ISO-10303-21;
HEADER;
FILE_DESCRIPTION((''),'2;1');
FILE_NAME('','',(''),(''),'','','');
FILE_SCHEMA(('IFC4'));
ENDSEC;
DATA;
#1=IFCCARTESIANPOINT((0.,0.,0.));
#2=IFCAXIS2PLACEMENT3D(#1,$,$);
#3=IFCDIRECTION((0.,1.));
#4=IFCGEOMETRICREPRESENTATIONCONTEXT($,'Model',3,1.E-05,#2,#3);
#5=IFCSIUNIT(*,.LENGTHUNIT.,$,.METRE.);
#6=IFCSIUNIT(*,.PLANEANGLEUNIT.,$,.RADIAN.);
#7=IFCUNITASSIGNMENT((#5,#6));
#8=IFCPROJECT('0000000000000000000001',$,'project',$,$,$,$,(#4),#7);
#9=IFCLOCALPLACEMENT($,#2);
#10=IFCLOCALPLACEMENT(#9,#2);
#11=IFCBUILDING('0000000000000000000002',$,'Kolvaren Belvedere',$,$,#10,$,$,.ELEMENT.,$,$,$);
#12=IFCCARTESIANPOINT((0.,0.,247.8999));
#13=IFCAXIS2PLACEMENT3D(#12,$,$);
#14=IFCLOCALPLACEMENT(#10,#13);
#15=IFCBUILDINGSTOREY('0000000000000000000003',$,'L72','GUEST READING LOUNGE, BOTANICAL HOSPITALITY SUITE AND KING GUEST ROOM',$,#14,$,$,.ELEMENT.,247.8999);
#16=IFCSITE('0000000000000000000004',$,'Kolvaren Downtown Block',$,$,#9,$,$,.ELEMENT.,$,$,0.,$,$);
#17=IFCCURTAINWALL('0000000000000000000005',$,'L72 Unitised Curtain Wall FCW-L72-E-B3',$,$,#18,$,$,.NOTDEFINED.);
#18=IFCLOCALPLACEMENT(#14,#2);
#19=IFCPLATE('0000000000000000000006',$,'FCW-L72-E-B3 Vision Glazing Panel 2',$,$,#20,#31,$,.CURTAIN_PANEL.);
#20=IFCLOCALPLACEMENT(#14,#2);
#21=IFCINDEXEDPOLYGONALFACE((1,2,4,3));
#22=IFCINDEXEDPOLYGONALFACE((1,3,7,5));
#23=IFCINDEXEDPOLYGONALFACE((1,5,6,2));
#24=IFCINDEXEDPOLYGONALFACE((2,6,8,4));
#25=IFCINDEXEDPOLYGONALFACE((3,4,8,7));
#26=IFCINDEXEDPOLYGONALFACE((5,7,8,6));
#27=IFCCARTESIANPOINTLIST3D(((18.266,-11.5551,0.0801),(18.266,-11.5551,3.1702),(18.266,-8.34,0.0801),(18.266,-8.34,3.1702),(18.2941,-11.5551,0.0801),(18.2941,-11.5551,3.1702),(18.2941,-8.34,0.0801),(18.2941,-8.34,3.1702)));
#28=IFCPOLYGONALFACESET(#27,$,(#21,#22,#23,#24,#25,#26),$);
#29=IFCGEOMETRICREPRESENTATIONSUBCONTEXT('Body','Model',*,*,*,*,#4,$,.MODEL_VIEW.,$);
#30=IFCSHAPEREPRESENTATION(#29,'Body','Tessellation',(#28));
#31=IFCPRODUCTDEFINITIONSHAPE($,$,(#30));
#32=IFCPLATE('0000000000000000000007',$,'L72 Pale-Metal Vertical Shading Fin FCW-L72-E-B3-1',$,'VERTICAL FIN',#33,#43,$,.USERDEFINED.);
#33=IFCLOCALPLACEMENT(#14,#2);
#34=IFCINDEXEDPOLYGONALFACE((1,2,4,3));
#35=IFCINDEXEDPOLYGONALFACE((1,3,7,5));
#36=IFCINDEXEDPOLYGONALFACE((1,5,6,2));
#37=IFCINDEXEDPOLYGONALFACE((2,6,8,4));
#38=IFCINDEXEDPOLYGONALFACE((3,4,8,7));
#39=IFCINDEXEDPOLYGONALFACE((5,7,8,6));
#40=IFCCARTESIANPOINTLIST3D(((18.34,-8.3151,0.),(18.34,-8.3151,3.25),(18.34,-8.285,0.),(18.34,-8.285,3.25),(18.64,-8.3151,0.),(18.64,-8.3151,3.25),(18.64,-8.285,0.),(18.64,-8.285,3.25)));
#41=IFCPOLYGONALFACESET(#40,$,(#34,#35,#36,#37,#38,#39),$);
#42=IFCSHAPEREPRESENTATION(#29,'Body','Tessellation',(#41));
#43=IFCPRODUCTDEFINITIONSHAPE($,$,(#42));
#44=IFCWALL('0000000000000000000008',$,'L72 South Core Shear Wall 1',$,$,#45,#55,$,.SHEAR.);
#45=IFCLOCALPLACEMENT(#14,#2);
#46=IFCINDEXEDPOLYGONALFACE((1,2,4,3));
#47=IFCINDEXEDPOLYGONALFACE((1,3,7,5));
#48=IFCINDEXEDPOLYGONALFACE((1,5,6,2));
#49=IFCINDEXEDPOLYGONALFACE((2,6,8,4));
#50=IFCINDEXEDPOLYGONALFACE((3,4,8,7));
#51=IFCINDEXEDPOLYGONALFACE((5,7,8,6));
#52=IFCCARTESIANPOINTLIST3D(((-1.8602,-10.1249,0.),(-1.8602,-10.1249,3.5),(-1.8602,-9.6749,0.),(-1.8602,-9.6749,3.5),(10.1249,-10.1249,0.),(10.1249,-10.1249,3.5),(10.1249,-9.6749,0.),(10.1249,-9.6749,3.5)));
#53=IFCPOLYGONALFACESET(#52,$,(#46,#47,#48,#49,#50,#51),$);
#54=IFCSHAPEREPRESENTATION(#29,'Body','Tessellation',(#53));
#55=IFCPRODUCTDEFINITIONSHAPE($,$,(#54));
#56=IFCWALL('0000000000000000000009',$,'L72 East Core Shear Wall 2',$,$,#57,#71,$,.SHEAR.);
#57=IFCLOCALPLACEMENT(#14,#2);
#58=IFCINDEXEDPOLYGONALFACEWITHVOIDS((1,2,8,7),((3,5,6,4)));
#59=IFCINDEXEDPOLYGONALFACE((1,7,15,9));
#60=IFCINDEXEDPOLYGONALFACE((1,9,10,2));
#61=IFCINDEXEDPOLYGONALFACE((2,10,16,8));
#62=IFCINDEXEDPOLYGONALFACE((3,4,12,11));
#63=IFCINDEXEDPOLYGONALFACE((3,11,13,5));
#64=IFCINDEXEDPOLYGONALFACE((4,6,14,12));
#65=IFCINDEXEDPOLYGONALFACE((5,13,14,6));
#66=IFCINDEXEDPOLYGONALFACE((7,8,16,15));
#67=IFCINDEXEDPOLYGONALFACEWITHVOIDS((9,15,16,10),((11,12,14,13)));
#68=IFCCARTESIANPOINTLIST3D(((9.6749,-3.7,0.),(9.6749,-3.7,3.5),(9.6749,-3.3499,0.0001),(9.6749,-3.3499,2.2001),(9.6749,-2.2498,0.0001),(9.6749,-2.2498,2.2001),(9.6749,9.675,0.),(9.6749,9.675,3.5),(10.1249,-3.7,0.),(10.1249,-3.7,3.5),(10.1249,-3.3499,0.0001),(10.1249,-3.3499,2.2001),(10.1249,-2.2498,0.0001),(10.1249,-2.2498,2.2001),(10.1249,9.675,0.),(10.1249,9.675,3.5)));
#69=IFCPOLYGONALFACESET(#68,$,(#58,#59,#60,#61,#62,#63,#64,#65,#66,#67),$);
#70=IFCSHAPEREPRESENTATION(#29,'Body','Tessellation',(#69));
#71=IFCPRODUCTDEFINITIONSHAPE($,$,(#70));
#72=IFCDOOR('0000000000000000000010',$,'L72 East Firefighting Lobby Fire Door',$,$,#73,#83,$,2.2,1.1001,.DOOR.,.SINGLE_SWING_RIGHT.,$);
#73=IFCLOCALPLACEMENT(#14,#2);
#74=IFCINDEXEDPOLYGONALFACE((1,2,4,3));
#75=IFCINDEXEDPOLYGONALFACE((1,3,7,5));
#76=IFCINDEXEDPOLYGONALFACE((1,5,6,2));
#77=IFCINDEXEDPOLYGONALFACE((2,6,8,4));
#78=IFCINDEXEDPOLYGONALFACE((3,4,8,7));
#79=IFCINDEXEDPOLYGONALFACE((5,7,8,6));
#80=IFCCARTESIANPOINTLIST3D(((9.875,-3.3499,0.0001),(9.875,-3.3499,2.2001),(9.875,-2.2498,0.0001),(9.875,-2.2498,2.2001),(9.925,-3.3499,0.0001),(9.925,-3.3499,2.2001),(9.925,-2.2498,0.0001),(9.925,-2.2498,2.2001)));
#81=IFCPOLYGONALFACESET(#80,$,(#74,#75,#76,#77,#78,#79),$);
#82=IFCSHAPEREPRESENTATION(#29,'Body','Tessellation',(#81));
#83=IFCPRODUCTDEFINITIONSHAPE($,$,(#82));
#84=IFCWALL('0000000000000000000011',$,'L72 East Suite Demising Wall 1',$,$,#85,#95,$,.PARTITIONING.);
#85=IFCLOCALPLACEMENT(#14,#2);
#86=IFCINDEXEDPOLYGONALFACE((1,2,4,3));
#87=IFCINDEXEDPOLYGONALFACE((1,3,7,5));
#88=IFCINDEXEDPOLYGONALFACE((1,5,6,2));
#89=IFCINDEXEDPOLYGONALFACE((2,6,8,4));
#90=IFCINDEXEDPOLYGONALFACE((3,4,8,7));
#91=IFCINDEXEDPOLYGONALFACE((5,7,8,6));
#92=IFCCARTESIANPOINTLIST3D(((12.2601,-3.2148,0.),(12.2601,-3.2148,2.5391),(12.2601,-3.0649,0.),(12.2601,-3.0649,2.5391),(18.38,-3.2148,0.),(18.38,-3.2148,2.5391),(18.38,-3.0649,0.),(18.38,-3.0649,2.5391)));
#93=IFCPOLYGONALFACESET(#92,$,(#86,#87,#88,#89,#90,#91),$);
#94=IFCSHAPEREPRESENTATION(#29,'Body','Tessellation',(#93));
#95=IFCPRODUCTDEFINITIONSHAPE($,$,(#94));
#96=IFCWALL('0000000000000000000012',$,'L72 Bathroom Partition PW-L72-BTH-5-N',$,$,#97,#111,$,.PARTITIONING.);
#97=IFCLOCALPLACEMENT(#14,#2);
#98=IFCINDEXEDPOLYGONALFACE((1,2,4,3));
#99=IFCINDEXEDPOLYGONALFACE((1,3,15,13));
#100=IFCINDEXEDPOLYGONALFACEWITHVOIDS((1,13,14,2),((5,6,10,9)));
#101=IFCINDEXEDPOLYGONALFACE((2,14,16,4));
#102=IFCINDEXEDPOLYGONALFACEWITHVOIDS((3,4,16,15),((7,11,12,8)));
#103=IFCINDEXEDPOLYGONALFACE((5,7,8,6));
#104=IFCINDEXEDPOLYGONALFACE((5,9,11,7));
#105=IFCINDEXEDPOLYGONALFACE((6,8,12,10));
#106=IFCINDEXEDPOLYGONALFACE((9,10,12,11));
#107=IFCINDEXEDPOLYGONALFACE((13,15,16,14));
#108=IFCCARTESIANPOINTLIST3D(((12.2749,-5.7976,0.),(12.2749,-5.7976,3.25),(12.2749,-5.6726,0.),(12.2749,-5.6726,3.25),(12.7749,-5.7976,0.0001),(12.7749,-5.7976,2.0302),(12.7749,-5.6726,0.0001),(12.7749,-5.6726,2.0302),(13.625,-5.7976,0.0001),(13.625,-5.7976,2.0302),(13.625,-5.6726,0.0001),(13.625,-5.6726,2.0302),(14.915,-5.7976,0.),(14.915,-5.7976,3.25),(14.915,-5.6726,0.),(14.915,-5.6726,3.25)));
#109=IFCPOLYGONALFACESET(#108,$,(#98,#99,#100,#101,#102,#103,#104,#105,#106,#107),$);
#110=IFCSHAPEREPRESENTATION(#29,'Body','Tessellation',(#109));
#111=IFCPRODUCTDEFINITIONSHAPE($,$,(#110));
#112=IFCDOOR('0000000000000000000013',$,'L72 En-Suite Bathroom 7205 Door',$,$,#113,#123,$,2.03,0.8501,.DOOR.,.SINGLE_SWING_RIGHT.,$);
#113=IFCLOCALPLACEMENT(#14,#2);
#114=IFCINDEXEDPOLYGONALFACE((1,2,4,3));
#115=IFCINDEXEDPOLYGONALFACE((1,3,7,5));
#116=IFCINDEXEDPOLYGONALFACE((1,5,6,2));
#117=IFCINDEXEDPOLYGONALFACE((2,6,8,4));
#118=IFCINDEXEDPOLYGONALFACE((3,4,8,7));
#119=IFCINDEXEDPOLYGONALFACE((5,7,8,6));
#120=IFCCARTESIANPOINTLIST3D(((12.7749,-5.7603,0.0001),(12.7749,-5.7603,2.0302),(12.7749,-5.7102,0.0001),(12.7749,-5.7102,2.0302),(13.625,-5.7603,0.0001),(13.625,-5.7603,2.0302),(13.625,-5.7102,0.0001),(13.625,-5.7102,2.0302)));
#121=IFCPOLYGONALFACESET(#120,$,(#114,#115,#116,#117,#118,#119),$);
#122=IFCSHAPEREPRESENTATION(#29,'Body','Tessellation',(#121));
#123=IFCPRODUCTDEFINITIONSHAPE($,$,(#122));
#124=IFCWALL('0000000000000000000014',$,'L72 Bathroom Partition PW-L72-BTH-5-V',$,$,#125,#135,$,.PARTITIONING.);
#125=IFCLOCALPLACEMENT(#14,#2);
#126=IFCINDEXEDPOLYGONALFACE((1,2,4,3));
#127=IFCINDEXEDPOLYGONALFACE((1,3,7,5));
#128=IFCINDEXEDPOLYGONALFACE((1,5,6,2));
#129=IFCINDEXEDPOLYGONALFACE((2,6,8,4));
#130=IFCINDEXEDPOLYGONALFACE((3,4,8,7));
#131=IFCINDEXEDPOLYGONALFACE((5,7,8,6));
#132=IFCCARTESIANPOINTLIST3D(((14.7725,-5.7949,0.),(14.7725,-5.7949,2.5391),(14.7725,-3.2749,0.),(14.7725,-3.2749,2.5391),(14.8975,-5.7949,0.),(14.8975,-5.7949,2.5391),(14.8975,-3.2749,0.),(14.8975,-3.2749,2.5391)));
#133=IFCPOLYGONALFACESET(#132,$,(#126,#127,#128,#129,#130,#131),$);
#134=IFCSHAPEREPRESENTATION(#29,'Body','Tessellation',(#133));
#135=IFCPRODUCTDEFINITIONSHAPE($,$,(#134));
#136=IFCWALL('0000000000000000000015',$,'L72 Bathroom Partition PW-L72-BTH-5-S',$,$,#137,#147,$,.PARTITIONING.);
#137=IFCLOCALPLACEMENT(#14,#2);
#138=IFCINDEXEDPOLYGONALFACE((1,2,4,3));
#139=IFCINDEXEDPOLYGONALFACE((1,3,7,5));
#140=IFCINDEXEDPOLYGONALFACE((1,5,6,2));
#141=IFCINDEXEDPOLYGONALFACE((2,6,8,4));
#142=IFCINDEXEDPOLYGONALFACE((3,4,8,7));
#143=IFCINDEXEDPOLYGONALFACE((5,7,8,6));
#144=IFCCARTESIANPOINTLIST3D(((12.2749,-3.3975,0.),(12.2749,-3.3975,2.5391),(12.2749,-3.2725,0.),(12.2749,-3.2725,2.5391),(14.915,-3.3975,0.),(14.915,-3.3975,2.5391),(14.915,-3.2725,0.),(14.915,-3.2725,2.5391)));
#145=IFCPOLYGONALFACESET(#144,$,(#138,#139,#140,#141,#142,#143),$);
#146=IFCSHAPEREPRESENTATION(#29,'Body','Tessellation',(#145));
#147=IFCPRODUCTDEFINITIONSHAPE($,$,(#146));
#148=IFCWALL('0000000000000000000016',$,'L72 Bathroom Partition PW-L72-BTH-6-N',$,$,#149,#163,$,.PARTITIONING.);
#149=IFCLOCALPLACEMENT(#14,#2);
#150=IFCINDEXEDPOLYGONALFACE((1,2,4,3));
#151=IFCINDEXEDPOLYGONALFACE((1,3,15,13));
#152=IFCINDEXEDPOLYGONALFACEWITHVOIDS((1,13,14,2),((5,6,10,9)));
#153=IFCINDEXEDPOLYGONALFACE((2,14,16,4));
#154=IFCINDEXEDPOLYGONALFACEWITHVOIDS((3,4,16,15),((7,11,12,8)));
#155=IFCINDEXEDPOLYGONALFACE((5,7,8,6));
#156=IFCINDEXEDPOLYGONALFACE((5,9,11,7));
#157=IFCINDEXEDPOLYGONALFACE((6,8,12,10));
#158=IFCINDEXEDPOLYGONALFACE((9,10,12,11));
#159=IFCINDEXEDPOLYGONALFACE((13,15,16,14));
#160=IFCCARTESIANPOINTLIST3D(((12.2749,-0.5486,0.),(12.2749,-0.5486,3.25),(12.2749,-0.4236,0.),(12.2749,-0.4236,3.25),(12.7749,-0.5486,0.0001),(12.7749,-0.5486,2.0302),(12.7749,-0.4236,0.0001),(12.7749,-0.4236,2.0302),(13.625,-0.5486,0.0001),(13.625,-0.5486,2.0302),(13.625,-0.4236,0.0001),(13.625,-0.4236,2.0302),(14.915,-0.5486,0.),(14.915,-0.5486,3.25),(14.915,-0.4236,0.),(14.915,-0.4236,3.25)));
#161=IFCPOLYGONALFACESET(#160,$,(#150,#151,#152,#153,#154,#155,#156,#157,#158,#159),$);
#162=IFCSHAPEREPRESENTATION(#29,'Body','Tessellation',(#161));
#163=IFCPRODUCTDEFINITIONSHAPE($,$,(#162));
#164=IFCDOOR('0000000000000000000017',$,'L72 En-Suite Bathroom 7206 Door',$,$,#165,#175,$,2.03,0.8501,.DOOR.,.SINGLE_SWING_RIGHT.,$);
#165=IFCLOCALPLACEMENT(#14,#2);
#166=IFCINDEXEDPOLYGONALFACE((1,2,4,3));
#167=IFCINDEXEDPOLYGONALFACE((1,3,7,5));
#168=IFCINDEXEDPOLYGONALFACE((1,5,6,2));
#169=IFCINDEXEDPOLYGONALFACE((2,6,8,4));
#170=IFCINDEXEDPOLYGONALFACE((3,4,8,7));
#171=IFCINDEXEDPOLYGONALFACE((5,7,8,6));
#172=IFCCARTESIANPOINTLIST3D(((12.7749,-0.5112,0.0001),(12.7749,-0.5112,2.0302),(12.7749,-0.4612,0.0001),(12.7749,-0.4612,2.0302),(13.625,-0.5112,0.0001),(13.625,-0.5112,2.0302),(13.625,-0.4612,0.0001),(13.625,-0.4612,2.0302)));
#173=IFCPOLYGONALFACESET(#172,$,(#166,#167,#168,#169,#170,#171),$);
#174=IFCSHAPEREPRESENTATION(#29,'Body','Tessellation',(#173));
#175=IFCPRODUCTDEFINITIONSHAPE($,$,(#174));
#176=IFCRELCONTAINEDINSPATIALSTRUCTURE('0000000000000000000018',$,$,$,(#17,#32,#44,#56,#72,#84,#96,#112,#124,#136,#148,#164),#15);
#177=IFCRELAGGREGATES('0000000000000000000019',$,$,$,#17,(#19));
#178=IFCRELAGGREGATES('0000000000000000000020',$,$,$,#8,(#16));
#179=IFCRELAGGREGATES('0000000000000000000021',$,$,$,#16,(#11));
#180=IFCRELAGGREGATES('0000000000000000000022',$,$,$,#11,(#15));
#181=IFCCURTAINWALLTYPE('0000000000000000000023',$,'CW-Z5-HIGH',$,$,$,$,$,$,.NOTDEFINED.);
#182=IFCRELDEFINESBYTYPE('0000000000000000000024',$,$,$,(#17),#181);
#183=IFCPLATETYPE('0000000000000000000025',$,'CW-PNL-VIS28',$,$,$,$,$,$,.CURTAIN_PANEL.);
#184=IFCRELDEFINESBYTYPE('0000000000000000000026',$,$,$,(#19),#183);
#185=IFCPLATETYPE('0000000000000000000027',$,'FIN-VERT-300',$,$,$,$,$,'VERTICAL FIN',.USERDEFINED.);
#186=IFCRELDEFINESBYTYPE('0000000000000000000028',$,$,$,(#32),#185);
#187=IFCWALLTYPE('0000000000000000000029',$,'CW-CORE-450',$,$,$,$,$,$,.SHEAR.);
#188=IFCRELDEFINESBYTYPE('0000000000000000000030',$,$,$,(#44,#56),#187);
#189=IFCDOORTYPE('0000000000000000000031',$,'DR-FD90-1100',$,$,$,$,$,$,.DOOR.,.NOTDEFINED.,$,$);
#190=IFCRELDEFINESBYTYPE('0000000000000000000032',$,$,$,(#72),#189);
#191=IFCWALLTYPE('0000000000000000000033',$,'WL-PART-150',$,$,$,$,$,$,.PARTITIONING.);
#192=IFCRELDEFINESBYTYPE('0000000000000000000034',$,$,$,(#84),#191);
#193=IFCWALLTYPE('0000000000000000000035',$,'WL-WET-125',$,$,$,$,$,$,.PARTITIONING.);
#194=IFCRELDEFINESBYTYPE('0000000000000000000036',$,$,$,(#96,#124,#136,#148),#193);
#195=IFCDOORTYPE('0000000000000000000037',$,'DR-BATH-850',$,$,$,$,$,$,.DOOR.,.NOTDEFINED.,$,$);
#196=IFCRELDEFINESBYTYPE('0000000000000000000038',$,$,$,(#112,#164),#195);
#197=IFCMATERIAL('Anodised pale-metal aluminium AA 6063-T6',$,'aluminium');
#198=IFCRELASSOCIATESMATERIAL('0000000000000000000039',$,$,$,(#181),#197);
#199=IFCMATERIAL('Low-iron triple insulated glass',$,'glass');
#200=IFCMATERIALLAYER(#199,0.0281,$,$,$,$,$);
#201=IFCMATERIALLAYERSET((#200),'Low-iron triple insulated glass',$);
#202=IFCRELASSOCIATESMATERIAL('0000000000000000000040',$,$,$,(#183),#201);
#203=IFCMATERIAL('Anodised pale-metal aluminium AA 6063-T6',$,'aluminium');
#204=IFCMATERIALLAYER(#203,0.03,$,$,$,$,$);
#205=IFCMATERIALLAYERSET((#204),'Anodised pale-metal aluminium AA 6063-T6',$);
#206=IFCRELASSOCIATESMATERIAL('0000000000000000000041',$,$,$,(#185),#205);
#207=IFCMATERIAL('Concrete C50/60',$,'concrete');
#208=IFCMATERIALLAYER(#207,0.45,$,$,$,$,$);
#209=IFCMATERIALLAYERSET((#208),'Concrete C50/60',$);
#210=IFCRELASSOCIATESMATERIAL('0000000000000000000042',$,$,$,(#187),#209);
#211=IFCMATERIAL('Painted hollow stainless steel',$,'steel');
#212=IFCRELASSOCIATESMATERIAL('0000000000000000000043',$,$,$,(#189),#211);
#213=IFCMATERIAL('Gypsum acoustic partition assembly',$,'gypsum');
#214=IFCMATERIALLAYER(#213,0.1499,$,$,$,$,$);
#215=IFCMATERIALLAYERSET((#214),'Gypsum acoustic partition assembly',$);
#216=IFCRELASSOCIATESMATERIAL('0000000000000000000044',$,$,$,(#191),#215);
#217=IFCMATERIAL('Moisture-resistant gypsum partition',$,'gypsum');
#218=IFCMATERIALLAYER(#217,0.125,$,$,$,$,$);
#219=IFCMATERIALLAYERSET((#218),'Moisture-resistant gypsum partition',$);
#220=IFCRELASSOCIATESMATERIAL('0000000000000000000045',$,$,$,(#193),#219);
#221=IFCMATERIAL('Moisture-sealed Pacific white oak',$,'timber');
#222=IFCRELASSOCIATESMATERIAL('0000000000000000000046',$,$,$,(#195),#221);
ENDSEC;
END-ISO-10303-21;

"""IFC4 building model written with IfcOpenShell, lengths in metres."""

from ifc_helpers import new_model, si_unit, direction, frame, frame_2d, origin, origin_2d, place, context, subcontext, project, spatial, rectangle, extrude, material, layer, layer_set, type_object, element, fill, aggregate, save


model = new_model("IFC4")

# Units and contexts
model_context = context("Model", 3, precision=1e-05, world=origin(), true_north=direction((0.0, 1.0)))
body_context = subcontext(model_context, "Body", "Model", "MODEL_VIEW")
ifc_project = project(units=[si_unit("LENGTHUNIT", "METRE"), si_unit("PLANEANGLEUNIT", "RADIAN")], contexts=[model_context])

# Site, building, storey
site_placement = place(None, origin())
site = spatial("IfcSite", under=ifc_project, at=site_placement, Name="Kolvaren Downtown Block", CompositionType="ELEMENT", RefElevation=0.0)
building_placement = place(site_placement, origin())
building = spatial("IfcBuilding", under=site, at=building_placement, Name="Kolvaren Belvedere", CompositionType="ELEMENT")
storey_placement = place(building_placement, frame((0.0, 0.0, 247.8999)))
storey = spatial("IfcBuildingStorey", under=building, at=storey_placement, Name="L72", Description="GUEST READING LOUNGE, BOTANICAL HOSPITALITY SUITE AND KING GUEST ROOM", CompositionType="ELEMENT", Elevation=247.8999)

# Shared definitions
ifc_material_1 = material(Name="Anodised pale-metal aluminium AA 6063-T6", Category="aluminium")
curtain_wall_type = type_object("IfcCurtainWallType", Name="CW-Z5-HIGH", PredefinedType="NOTDEFINED", material=ifc_material_1)

# Curtain wall
curtain_wall_1_placement = place(storey_placement, origin())
curtain_wall_1 = element("IfcCurtainWall", 1, at=curtain_wall_1_placement, inside=storey, type_object=curtain_wall_type, Name="L72 Unitised Curtain Wall FCW-L72-E-B3", PredefinedType="NOTDEFINED")

# Plates
ifc_material_2 = material(Name="Low-iron triple insulated glass", Category="glass")
ifc_layer_1 = layer(ifc_material_2, 0.0281)
ifc_layer_set_1 = layer_set([ifc_layer_1], Name="Low-iron triple insulated glass")
plate_type_1 = type_object("IfcPlateType", Name="CW-PNL-VIS28", PredefinedType="CURTAIN_PANEL", material=ifc_layer_set_1)
plate_1_placement = place(storey_placement, frame((18.28, -9.9475, 0.0801), z_axis=(0.0, 0.0, 1.0), x_axis=(0.0, -1.0, 0.0)))
plate_1 = element("IfcPlate", 2, at=plate_1_placement, type_object=plate_type_1, Name="FCW-L72-E-B3 Vision Glazing Panel 2", PredefinedType="CURTAIN_PANEL", context=body_context, shape_type="SweptSolid", body=[
    extrude(rectangle(XDim=3.2151, YDim=0.0281, at=origin_2d()), origin(), (0.0, 0.0, 1.0), 3.0901),
])
aggregate(curtain_wall_1, [plate_1])
ifc_material_3 = material(Name="Anodised pale-metal aluminium AA 6063-T6", Category="aluminium")
ifc_layer_2 = layer(ifc_material_3, 0.03)
ifc_layer_set_2 = layer_set([ifc_layer_2], Name="Anodised pale-metal aluminium AA 6063-T6")
plate_type_2 = type_object("IfcPlateType", Name="FIN-VERT-300", ElementType="VERTICAL FIN", PredefinedType="USERDEFINED", material=ifc_layer_set_2)
plate_2_placement = place(storey_placement, frame((18.49, -8.3, 0.0), z_axis=(0.0, 0.0, 1.0), x_axis=(1.0, 0.0, 0.0)))
element("IfcPlate", 3, at=plate_2_placement, inside=storey, type_object=plate_type_2, Name="L72 Pale-Metal Vertical Shading Fin FCW-L72-E-B3-1", ObjectType="VERTICAL FIN", PredefinedType="USERDEFINED", context=body_context, shape_type="SweptSolid", body=[
    extrude(rectangle(XDim=0.3, YDim=0.03, at=origin_2d()), origin(), (0.0, 0.0, 1.0), 3.25),
])

# Wall
ifc_material_4 = material(Name="Concrete C50/60", Category="concrete")
ifc_layer_3 = layer(ifc_material_4, 0.45)
ifc_layer_set_3 = layer_set([ifc_layer_3], Name="Concrete C50/60")
wall_type_1 = type_object("IfcWallType", Name="CW-CORE-450", PredefinedType="SHEAR", material=ifc_layer_set_3)
wall_1_placement = place(storey_placement, frame((10.125, -9.8999, 0.0), z_axis=(0.0, 0.0, 1.0), x_axis=(-1.0, 0.0, 0.0)))
element("IfcWall", 4, at=wall_1_placement, inside=storey, type_object=wall_type_1, Name="L72 South Core Shear Wall 1", PredefinedType="SHEAR", context=body_context, shape_type="SweptSolid", body=[
    extrude(rectangle(XDim=11.9851, YDim=0.45, at=frame_2d((5.9927, 0.0))), origin(), (0.0, 0.0, 1.0), 3.5),
])

# Wall, opening, door
wall_2_placement = place(storey_placement, frame((9.8999, -3.7, 0.0), z_axis=(0.0, 0.0, 1.0), x_axis=(0.0, 1.0, 0.0)))
wall_2 = element("IfcWall", 5, at=wall_2_placement, inside=storey, type_object=wall_type_1, Name="L72 East Core Shear Wall 2", PredefinedType="SHEAR", context=body_context, shape_type="SweptSolid", body=[
    extrude(rectangle(XDim=13.375, YDim=0.45, at=frame_2d((6.6875, 0.0))), origin(), (0.0, 0.0, 1.0), 3.5),
])
opening_1_placement = place(wall_2_placement, frame((0.3501, 0.0, 0.0)))
opening_1 = element("IfcOpeningElement", 6, at=opening_1_placement, cuts=wall_2, PredefinedType="OPENING", context=body_context, shape_type="SweptSolid", body=[
    extrude(rectangle(XDim=1.1001, YDim=2.2, at=frame_2d((0.55, 1.1001))), frame((0.0, 0.2349, 0.0), z_axis=(0.0, -1.0, 0.0), x_axis=(1.0, 0.0, 0.0)), (0.0, 0.0, 1.0), 0.47),
])
ifc_material_5 = material(Name="Painted hollow stainless steel", Category="steel")
door_type_1 = type_object("IfcDoorType", Name="DR-FD90-1100", OperationType="NOTDEFINED", PredefinedType="DOOR", material=ifc_material_5)
door_1_placement = place(opening_1_placement, origin())
door_1 = element("IfcDoor", 7, at=door_1_placement, inside=storey, type_object=door_type_1, Name="L72 East Firefighting Lobby Fire Door", OperationType="SINGLE_SWING_RIGHT", OverallHeight=2.2, OverallWidth=1.1001, PredefinedType="DOOR", context=body_context, shape_type="SweptSolid", body=[
    extrude(rectangle(XDim=1.1001, YDim=2.2, at=frame_2d((0.55, 1.1001))), frame((0.0, 0.0249, 0.0), z_axis=(0.0, -1.0, 0.0), x_axis=(1.0, 0.0, 0.0)), (0.0, 0.0, 1.0), 0.05),
])
fill(opening_1, door_1)

# Wall
ifc_material_6 = material(Name="Gypsum acoustic partition assembly", Category="gypsum")
ifc_layer_4 = layer(ifc_material_6, 0.1499)
ifc_layer_set_4 = layer_set([ifc_layer_4], Name="Gypsum acoustic partition assembly")
wall_type_2 = type_object("IfcWallType", Name="WL-PART-150", PredefinedType="PARTITIONING", material=ifc_layer_set_4)
wall_3_placement = place(storey_placement, frame((12.26, -3.1399, 0.0), z_axis=(0.0, 0.0, 1.0), x_axis=(1.0, 0.0, 0.0)))
element("IfcWall", 8, at=wall_3_placement, inside=storey, type_object=wall_type_2, Name="L72 East Suite Demising Wall 1", PredefinedType="PARTITIONING", context=body_context, shape_type="SweptSolid", body=[
    extrude(rectangle(XDim=6.1199, YDim=0.1499, at=frame_2d((3.0601, 0.0))), origin(), (0.0, 0.0, 1.0), 2.5391),
])

# Wall, opening, door
ifc_material_7 = material(Name="Moisture-resistant gypsum partition", Category="gypsum")
ifc_layer_5 = layer(ifc_material_7, 0.125)
ifc_layer_set_5 = layer_set([ifc_layer_5], Name="Moisture-resistant gypsum partition")
wall_type_3 = type_object("IfcWallType", Name="WL-WET-125", PredefinedType="PARTITIONING", material=ifc_layer_set_5)
wall_4_placement = place(storey_placement, frame((12.2749, -5.7351, 0.0), z_axis=(0.0, 0.0, 1.0), x_axis=(1.0, 0.0, 0.0)))
wall_4 = element("IfcWall", 9, at=wall_4_placement, inside=storey, type_object=wall_type_3, Name="L72 Bathroom Partition PW-L72-BTH-5-N", PredefinedType="PARTITIONING", context=body_context, shape_type="SweptSolid", body=[
    extrude(rectangle(XDim=2.6401, YDim=0.125, at=frame_2d((1.3201, 0.0))), origin(), (0.0, 0.0, 1.0), 3.25),
])
opening_2_placement = place(wall_4_placement, frame((0.5, 0.0, 0.0)))
opening_2 = element("IfcOpeningElement", 10, at=opening_2_placement, cuts=wall_4, PredefinedType="OPENING", context=body_context, shape_type="SweptSolid", body=[
    extrude(rectangle(XDim=0.8501, YDim=2.03, at=frame_2d((0.425, 1.0151))), frame((0.0, 0.0725, 0.0), z_axis=(0.0, -1.0, 0.0), x_axis=(1.0, 0.0, 0.0)), (0.0, 0.0, 1.0), 0.145),
])
ifc_material_8 = material(Name="Moisture-sealed Pacific white oak", Category="timber")
door_type_2 = type_object("IfcDoorType", Name="DR-BATH-850", OperationType="NOTDEFINED", PredefinedType="DOOR", material=ifc_material_8)
door_2_placement = place(opening_2_placement, origin())
door_2 = element("IfcDoor", 11, at=door_2_placement, inside=storey, type_object=door_type_2, Name="L72 En-Suite Bathroom 7205 Door", OperationType="SINGLE_SWING_RIGHT", OverallHeight=2.03, OverallWidth=0.8501, PredefinedType="DOOR", context=body_context, shape_type="SweptSolid", body=[
    extrude(rectangle(XDim=0.8501, YDim=2.03, at=frame_2d((0.425, 1.0151))), frame((0.0, 0.0249, 0.0), z_axis=(0.0, -1.0, 0.0), x_axis=(1.0, 0.0, 0.0)), (0.0, 0.0, 1.0), 0.05),
])
fill(opening_2, door_2)

# Walls
wall_5_placement = place(storey_placement, frame((14.835, -5.7949, 0.0), z_axis=(0.0, 0.0, 1.0), x_axis=(0.0, 1.0, 0.0)))
element("IfcWall", 12, at=wall_5_placement, inside=storey, type_object=wall_type_3, Name="L72 Bathroom Partition PW-L72-BTH-5-V", PredefinedType="PARTITIONING", context=body_context, shape_type="SweptSolid", body=[
    extrude(rectangle(XDim=2.52, YDim=0.125, at=frame_2d((1.26, 0.0))), origin(), (0.0, 0.0, 1.0), 2.5391),
])
wall_6_placement = place(storey_placement, frame((12.2749, -3.335, 0.0), z_axis=(0.0, 0.0, 1.0), x_axis=(1.0, 0.0, 0.0)))
element("IfcWall", 13, at=wall_6_placement, inside=storey, type_object=wall_type_3, Name="L72 Bathroom Partition PW-L72-BTH-5-S", PredefinedType="PARTITIONING", context=body_context, shape_type="SweptSolid", body=[
    extrude(rectangle(XDim=2.6401, YDim=0.125, at=frame_2d((1.3201, 0.0))), origin(), (0.0, 0.0, 1.0), 2.5391),
])

# Wall, opening, door
wall_7_placement = place(storey_placement, frame((12.2749, -0.4861, 0.0), z_axis=(0.0, 0.0, 1.0), x_axis=(1.0, 0.0, 0.0)))
wall_7 = element("IfcWall", 14, at=wall_7_placement, inside=storey, type_object=wall_type_3, Name="L72 Bathroom Partition PW-L72-BTH-6-N", PredefinedType="PARTITIONING", context=body_context, shape_type="SweptSolid", body=[
    extrude(rectangle(XDim=2.6401, YDim=0.125, at=frame_2d((1.3201, 0.0))), origin(), (0.0, 0.0, 1.0), 3.25),
])
opening_3_placement = place(wall_7_placement, frame((0.5, 0.0, 0.0)))
opening_3 = element("IfcOpeningElement", 15, at=opening_3_placement, cuts=wall_7, PredefinedType="OPENING", context=body_context, shape_type="SweptSolid", body=[
    extrude(rectangle(XDim=0.8501, YDim=2.03, at=frame_2d((0.425, 1.0151))), frame((0.0, 0.0725, 0.0), z_axis=(0.0, -1.0, 0.0), x_axis=(1.0, 0.0, 0.0)), (0.0, 0.0, 1.0), 0.145),
])
door_3_placement = place(opening_3_placement, origin())
door_3 = element("IfcDoor", 16, at=door_3_placement, inside=storey, type_object=door_type_2, Name="L72 En-Suite Bathroom 7206 Door", OperationType="SINGLE_SWING_RIGHT", OverallHeight=2.03, OverallWidth=0.8501, PredefinedType="DOOR", context=body_context, shape_type="SweptSolid", body=[
    extrude(rectangle(XDim=0.8501, YDim=2.03, at=frame_2d((0.425, 1.0151))), frame((0.0, 0.0249, 0.0), z_axis=(0.0, -1.0, 0.0), x_axis=(1.0, 0.0, 0.0)), (0.0, 0.0, 1.0), 0.05),
])
fill(opening_3, door_3)

save(model, "model.ifc")
